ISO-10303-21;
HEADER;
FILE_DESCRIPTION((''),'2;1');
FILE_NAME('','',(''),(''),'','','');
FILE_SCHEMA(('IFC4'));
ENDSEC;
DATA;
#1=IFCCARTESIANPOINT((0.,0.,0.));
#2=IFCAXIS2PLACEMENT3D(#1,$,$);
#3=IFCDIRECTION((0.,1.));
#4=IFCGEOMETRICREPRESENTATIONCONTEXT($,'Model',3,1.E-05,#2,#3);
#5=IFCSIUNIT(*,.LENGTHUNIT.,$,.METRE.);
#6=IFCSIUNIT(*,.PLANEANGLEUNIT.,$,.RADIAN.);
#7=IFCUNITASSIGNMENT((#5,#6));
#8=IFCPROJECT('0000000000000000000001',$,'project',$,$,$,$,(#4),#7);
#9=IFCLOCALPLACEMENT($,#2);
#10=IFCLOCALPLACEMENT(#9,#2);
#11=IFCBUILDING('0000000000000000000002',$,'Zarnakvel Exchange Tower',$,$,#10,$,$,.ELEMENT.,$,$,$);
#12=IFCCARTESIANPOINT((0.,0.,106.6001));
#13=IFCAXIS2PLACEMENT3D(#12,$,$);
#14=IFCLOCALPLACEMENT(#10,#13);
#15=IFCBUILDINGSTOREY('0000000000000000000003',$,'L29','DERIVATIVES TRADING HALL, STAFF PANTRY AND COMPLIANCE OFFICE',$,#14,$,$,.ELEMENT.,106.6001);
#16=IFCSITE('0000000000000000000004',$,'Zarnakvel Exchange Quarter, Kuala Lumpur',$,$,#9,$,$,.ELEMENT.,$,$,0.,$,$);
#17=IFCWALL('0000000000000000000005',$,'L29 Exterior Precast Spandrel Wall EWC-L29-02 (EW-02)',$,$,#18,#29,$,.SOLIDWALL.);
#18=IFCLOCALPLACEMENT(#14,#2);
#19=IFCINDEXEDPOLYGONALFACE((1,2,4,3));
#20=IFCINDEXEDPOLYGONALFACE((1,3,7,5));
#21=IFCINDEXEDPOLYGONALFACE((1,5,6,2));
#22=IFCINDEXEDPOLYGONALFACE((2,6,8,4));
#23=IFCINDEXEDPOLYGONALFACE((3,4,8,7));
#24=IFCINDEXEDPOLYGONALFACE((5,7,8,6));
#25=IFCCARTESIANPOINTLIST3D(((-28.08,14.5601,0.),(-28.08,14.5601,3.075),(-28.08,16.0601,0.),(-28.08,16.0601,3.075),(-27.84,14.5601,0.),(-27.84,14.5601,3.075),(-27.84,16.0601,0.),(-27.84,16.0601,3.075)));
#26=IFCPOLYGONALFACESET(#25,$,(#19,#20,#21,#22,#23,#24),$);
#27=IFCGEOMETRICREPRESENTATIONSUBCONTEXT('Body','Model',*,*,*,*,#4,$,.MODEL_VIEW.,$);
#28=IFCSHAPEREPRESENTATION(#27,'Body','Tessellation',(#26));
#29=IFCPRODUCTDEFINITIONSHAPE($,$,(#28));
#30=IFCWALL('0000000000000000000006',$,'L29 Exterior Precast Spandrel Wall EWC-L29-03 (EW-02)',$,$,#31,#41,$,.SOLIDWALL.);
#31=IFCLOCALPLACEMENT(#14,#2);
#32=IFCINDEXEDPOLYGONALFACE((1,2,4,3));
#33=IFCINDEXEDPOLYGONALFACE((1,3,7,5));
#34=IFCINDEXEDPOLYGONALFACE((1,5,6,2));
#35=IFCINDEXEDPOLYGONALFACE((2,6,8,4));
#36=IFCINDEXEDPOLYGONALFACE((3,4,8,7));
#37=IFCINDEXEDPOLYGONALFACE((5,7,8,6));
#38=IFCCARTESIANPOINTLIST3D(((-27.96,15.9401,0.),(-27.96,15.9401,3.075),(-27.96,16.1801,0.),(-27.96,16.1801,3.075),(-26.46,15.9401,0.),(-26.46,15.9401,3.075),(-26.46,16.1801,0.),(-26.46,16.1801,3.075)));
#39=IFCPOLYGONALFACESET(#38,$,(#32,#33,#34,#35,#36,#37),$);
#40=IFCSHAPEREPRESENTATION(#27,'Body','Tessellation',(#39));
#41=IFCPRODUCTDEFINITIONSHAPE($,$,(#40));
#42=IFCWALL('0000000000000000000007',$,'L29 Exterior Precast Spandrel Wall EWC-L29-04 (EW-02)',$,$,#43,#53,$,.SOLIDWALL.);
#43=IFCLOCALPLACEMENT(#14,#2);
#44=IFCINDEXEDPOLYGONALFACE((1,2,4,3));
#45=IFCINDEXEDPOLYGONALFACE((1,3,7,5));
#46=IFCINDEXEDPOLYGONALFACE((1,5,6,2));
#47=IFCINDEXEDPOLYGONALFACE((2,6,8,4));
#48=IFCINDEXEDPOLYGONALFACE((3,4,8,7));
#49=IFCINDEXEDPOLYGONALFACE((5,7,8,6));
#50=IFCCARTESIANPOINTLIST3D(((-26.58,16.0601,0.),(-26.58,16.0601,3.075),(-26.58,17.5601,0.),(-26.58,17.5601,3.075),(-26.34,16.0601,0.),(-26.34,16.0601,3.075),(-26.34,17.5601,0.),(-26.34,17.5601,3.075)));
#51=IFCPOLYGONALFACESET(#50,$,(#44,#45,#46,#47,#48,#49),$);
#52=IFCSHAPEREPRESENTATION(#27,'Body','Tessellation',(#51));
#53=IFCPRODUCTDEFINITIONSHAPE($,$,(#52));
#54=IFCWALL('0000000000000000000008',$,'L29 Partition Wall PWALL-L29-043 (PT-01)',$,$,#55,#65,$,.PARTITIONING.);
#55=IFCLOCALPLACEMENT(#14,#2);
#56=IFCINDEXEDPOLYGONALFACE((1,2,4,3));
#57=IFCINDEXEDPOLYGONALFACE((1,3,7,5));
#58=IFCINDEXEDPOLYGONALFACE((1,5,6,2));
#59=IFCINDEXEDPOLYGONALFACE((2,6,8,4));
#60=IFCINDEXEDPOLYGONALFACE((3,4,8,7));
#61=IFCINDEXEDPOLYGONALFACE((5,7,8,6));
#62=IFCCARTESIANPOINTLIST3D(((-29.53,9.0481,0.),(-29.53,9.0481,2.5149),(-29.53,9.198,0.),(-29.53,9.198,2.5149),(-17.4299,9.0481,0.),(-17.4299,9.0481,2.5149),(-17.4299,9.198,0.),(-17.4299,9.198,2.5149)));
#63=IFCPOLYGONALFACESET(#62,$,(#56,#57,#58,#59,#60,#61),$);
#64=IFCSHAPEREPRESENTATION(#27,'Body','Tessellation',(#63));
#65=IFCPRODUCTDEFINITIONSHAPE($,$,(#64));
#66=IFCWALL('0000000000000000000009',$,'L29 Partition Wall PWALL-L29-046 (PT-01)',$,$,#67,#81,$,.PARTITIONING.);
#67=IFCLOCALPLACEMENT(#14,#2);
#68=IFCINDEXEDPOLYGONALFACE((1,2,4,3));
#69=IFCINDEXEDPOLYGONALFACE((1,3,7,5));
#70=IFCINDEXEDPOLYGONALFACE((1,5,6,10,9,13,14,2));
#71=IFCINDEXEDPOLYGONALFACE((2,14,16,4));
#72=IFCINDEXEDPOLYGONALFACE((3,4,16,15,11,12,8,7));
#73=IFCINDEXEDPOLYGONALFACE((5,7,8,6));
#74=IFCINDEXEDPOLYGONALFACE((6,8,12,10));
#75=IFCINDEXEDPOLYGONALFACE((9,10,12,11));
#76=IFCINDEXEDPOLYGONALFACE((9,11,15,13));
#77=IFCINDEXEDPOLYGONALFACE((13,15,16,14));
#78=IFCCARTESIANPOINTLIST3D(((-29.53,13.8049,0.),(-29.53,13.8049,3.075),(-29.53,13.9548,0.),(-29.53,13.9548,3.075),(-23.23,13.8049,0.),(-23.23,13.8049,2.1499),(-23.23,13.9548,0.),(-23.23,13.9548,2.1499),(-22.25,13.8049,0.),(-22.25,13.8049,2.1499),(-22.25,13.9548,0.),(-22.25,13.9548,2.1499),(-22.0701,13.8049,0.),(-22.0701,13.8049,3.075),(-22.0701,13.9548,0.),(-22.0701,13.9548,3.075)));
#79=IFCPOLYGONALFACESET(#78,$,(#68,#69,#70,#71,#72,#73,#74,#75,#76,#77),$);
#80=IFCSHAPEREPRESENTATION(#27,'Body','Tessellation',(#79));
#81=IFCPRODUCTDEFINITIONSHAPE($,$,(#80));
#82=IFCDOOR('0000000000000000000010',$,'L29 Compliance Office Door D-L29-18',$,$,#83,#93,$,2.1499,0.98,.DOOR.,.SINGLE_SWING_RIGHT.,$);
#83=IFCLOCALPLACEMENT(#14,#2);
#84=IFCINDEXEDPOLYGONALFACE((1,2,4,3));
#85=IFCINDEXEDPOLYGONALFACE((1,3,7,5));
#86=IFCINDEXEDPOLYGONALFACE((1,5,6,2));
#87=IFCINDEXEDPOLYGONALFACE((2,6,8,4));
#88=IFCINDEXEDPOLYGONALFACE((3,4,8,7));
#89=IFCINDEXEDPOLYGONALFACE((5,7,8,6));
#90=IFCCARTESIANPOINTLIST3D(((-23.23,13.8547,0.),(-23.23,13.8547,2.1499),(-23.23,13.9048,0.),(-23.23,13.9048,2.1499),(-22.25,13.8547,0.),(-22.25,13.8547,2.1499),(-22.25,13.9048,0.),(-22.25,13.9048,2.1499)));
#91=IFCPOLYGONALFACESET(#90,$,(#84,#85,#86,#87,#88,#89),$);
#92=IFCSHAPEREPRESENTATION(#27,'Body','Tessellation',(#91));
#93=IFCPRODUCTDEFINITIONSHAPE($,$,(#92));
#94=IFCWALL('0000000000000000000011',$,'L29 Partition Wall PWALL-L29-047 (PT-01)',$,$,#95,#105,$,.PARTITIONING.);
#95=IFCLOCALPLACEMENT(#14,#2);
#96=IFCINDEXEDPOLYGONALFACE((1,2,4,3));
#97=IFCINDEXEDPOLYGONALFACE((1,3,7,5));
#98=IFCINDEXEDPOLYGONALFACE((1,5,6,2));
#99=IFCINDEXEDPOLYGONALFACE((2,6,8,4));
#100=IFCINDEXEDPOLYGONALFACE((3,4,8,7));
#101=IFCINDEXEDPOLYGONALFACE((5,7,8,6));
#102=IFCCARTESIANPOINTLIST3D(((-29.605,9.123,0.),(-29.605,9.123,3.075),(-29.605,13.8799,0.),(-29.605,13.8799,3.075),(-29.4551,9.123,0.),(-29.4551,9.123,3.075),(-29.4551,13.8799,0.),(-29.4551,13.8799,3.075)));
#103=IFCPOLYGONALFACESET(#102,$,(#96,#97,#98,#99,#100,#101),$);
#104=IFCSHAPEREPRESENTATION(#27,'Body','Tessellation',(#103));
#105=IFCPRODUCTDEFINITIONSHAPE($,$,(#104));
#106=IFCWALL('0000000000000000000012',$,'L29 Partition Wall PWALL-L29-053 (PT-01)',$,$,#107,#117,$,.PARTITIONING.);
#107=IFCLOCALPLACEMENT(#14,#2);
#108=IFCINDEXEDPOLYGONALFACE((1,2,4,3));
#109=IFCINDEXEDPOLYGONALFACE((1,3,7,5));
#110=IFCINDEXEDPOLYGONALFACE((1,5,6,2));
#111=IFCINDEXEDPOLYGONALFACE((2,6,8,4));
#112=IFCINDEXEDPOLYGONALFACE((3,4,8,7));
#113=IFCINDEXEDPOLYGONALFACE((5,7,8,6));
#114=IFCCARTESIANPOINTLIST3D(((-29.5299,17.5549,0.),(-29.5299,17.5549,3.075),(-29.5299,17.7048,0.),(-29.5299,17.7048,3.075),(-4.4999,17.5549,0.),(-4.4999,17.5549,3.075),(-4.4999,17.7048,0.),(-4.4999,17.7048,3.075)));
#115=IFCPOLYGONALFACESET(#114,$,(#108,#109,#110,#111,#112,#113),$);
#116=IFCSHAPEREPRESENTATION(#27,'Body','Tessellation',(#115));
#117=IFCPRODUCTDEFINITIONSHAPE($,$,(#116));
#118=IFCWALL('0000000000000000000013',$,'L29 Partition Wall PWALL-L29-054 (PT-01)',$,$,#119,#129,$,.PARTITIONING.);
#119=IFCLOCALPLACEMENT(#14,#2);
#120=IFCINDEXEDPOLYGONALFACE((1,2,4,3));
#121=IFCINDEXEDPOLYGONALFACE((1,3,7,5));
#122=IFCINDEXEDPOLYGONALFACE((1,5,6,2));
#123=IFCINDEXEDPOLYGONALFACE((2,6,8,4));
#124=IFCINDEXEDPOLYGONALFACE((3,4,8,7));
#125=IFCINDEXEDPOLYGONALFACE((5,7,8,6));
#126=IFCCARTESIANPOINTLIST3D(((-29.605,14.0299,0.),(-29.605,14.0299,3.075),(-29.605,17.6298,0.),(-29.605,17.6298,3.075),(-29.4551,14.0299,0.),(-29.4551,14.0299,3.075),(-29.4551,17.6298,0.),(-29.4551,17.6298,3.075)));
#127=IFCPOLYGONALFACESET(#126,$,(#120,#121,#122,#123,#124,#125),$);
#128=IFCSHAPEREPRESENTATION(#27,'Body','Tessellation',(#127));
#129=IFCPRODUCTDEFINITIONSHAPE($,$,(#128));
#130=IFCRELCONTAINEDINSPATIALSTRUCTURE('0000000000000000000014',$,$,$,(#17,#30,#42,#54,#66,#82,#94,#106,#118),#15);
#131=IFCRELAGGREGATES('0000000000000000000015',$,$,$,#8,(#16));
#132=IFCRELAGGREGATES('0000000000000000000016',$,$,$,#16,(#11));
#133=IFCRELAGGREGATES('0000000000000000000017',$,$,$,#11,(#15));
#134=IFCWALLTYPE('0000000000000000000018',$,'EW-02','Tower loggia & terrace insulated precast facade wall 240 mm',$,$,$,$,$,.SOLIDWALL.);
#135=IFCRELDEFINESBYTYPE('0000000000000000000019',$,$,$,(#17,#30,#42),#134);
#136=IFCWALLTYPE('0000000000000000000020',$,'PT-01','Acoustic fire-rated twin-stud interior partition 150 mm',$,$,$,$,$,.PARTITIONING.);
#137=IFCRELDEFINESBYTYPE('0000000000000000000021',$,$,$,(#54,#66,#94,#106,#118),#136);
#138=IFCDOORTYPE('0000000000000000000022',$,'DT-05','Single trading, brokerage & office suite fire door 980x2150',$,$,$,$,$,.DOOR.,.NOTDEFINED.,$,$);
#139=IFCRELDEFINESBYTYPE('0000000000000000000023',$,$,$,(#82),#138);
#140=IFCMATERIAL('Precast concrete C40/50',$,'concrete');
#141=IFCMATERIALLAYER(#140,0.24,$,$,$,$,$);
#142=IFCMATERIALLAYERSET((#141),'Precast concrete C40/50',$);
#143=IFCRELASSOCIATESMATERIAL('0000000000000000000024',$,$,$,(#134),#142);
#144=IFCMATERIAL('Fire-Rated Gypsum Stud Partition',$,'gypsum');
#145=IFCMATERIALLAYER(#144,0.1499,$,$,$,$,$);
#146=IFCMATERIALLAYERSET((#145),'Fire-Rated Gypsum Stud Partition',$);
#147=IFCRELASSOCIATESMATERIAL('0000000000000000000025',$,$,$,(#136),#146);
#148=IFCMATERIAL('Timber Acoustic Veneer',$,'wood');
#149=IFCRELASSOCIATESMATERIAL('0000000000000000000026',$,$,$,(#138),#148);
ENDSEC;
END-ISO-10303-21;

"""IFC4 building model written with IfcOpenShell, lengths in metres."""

from ifc_helpers import new_model, si_unit, direction, frame, frame_2d, origin, place, context, subcontext, project, spatial, rectangle, extrude, source, transform, mapped, material, layer, layer_set, type_object, element, fill, save


model = new_model("IFC4")

# Units and contexts
model_context = context("Model", 3, precision=1e-05, world=origin(), true_north=direction((0.0, 1.0)))
body_context = subcontext(model_context, "Body", "Model", "MODEL_VIEW")
ifc_project = project(units=[si_unit("LENGTHUNIT", "METRE"), si_unit("PLANEANGLEUNIT", "RADIAN")], contexts=[model_context])

# Site, building, storey
site_placement = place(None, origin())
site = spatial("IfcSite", under=ifc_project, at=site_placement, Name="Zarnakvel Exchange Quarter, Kuala Lumpur", CompositionType="ELEMENT", RefElevation=0.0)
building_placement = place(site_placement, origin())
building = spatial("IfcBuilding", under=site, at=building_placement, Name="Zarnakvel Exchange Tower", CompositionType="ELEMENT")
storey_placement = place(building_placement, frame((0.0, 0.0, 106.6001)))
storey = spatial("IfcBuildingStorey", under=building, at=storey_placement, Name="L29", Description="DERIVATIVES TRADING HALL, STAFF PANTRY AND COMPLIANCE OFFICE", CompositionType="ELEMENT", Elevation=106.6001)

# Walls
ifc_material_1 = material(Name="Precast concrete C40/50", Category="concrete")
ifc_layer_1 = layer(ifc_material_1, 0.24)
ifc_layer_set_1 = layer_set([ifc_layer_1], Name="Precast concrete C40/50")
wall_type_1 = type_object("IfcWallType", Name="EW-02", Description="Tower loggia & terrace insulated precast facade wall 240 mm", PredefinedType="SOLIDWALL", material=ifc_layer_set_1)
for number, where, z_axis, x_axis, name in (
    (1, (-27.96, 16.0601, 0.0), (0.0, 0.0, 1.0), (0.0, -1.0, 0.0), "L29 Exterior Precast Spandrel Wall EWC-L29-02 (EW-02)"),
    (2, (-26.46, 16.0601, 0.0), (0.0, 0.0, 1.0), (-1.0, 0.0, 0.0), "L29 Exterior Precast Spandrel Wall EWC-L29-03 (EW-02)"),
    (3, (-26.46, 17.5601, 0.0), (0.0, 0.0, 1.0), (0.0, -1.0, 0.0), "L29 Exterior Precast Spandrel Wall EWC-L29-04 (EW-02)"),
):
    element("IfcWall", number, at=place(storey_placement, frame(where, z_axis=z_axis, x_axis=x_axis)), inside=storey, type_object=wall_type_1, Name=name, PredefinedType="SOLIDWALL", context=body_context, shape_type="SweptSolid", body=[
        extrude(rectangle(XDim=1.5, YDim=0.24, at=frame_2d((0.75, 0.0))), origin(), (0.0, 0.0, 1.0), 3.075),
    ])
ifc_material_2 = material(Name="Fire-Rated Gypsum Stud Partition", Category="gypsum")
ifc_layer_2 = layer(ifc_material_2, 0.1499)
ifc_layer_set_2 = layer_set([ifc_layer_2], Name="Fire-Rated Gypsum Stud Partition")
wall_type_2 = type_object("IfcWallType", Name="PT-01", Description="Acoustic fire-rated twin-stud interior partition 150 mm", PredefinedType="PARTITIONING", material=ifc_layer_set_2)
wall_1_placement = place(storey_placement, frame((-29.53, 9.123, 0.0), z_axis=(0.0, 0.0, 1.0), x_axis=(1.0, 0.0, 0.0)))
element("IfcWall", 4, at=wall_1_placement, inside=storey, type_object=wall_type_2, Name="L29 Partition Wall PWALL-L29-043 (PT-01)", PredefinedType="PARTITIONING", context=body_context, shape_type="SweptSolid", body=[
    extrude(rectangle(XDim=12.1001, YDim=0.1499, at=frame_2d((6.05, 0.0))), origin(), (0.0, 0.0, 1.0), 2.5149),
])

# Wall, opening, door
wall_2_placement = place(storey_placement, frame((-29.53, 13.8799, 0.0), z_axis=(0.0, 0.0, 1.0), x_axis=(1.0, 0.0, 0.0)))
wall_2 = element("IfcWall", 5, at=wall_2_placement, inside=storey, type_object=wall_type_2, Name="L29 Partition Wall PWALL-L29-046 (PT-01)", PredefinedType="PARTITIONING", context=body_context, shape_type="SweptSolid", body=[
    extrude(rectangle(XDim=7.46, YDim=0.1499, at=frame_2d((3.73, 0.0))), origin(), (0.0, 0.0, 1.0), 3.075),
])
opening_placement = place(wall_2_placement, frame((6.3, 0.0, 0.0)))
opening = element("IfcOpeningElement", 6, at=opening_placement, cuts=wall_2, PredefinedType="OPENING", context=body_context, shape_type="SweptSolid", body=[
    extrude(rectangle(XDim=0.98, YDim=2.1499, at=frame_2d((0.49, 1.075))), frame((0.0, 0.085, 0.0), z_axis=(0.0, -1.0, 0.0), x_axis=(1.0, 0.0, 0.0)), (0.0, 0.0, 1.0), 0.1699),
])
ifc_material_3 = material(Name="Timber Acoustic Veneer", Category="wood")
door_type = type_object("IfcDoorType", Name="DT-05", Description="Single trading, brokerage & office suite fire door 980x2150", OperationType="NOTDEFINED", PredefinedType="DOOR", material=ifc_material_3)
shared_shape_1 = source(origin(), body_context, "Body", "SweptSolid", [
    extrude(rectangle(XDim=0.98, YDim=2.1499, at=frame_2d((0.49, 1.075))), frame((0.0, 0.0249, 0.0), z_axis=(0.0, -1.0, 0.0), x_axis=(1.0, 0.0, 0.0)), (0.0, 0.0, 1.0), 0.05),
])
door_placement = place(opening_placement, origin())
door = element("IfcDoor", 7, at=door_placement, inside=storey, type_object=door_type, Name="L29 Compliance Office Door D-L29-18", OperationType="SINGLE_SWING_RIGHT", OverallHeight=2.1499, OverallWidth=0.98, PredefinedType="DOOR", context=body_context, shape_type="MappedRepresentation", body=[
    mapped(shared_shape_1, transform((0.0, 0.0, 0.0), x_axis=(1.0, 0.0, 0.0), y_axis=(0.0, 1.0, 0.0), z_axis=(0.0, 0.0, 1.0), scale=1.0)),
])
fill(opening, door)

# Walls
wall_3_placement = place(storey_placement, frame((-29.53, 9.123, 0.0), z_axis=(0.0, 0.0, 1.0), x_axis=(0.0, 1.0, 0.0)))
element("IfcWall", 8, at=wall_3_placement, inside=storey, type_object=wall_type_2, Name="L29 Partition Wall PWALL-L29-047 (PT-01)", PredefinedType="PARTITIONING", context=body_context, shape_type="SweptSolid", body=[
    extrude(rectangle(XDim=4.7568, YDim=0.1499, at=frame_2d((2.3784, 0.0))), origin(), (0.0, 0.0, 1.0), 3.075),
])
wall_4_placement = place(storey_placement, frame((-29.53, 17.6299, 0.0), z_axis=(0.0, 0.0, 1.0), x_axis=(1.0, 0.0, 0.0)))
element("IfcWall", 9, at=wall_4_placement, inside=storey, type_object=wall_type_2, Name="L29 Partition Wall PWALL-L29-053 (PT-01)", PredefinedType="PARTITIONING", context=body_context, shape_type="SweptSolid", body=[
    extrude(rectangle(XDim=25.03, YDim=0.1499, at=frame_2d((12.5151, 0.0))), origin(), (0.0, 0.0, 1.0), 3.075),
])
wall_5_placement = place(storey_placement, frame((-29.53, 14.03, 0.0), z_axis=(0.0, 0.0, 1.0), x_axis=(0.0, 1.0, 0.0)))
element("IfcWall", 10, at=wall_5_placement, inside=storey, type_object=wall_type_2, Name="L29 Partition Wall PWALL-L29-054 (PT-01)", PredefinedType="PARTITIONING", context=body_context, shape_type="SweptSolid", body=[
    extrude(rectangle(XDim=3.5999, YDim=0.1499, at=frame_2d((1.7998, 0.0))), origin(), (0.0, 0.0, 1.0), 3.075),
])

save(model, "model.ifc")
